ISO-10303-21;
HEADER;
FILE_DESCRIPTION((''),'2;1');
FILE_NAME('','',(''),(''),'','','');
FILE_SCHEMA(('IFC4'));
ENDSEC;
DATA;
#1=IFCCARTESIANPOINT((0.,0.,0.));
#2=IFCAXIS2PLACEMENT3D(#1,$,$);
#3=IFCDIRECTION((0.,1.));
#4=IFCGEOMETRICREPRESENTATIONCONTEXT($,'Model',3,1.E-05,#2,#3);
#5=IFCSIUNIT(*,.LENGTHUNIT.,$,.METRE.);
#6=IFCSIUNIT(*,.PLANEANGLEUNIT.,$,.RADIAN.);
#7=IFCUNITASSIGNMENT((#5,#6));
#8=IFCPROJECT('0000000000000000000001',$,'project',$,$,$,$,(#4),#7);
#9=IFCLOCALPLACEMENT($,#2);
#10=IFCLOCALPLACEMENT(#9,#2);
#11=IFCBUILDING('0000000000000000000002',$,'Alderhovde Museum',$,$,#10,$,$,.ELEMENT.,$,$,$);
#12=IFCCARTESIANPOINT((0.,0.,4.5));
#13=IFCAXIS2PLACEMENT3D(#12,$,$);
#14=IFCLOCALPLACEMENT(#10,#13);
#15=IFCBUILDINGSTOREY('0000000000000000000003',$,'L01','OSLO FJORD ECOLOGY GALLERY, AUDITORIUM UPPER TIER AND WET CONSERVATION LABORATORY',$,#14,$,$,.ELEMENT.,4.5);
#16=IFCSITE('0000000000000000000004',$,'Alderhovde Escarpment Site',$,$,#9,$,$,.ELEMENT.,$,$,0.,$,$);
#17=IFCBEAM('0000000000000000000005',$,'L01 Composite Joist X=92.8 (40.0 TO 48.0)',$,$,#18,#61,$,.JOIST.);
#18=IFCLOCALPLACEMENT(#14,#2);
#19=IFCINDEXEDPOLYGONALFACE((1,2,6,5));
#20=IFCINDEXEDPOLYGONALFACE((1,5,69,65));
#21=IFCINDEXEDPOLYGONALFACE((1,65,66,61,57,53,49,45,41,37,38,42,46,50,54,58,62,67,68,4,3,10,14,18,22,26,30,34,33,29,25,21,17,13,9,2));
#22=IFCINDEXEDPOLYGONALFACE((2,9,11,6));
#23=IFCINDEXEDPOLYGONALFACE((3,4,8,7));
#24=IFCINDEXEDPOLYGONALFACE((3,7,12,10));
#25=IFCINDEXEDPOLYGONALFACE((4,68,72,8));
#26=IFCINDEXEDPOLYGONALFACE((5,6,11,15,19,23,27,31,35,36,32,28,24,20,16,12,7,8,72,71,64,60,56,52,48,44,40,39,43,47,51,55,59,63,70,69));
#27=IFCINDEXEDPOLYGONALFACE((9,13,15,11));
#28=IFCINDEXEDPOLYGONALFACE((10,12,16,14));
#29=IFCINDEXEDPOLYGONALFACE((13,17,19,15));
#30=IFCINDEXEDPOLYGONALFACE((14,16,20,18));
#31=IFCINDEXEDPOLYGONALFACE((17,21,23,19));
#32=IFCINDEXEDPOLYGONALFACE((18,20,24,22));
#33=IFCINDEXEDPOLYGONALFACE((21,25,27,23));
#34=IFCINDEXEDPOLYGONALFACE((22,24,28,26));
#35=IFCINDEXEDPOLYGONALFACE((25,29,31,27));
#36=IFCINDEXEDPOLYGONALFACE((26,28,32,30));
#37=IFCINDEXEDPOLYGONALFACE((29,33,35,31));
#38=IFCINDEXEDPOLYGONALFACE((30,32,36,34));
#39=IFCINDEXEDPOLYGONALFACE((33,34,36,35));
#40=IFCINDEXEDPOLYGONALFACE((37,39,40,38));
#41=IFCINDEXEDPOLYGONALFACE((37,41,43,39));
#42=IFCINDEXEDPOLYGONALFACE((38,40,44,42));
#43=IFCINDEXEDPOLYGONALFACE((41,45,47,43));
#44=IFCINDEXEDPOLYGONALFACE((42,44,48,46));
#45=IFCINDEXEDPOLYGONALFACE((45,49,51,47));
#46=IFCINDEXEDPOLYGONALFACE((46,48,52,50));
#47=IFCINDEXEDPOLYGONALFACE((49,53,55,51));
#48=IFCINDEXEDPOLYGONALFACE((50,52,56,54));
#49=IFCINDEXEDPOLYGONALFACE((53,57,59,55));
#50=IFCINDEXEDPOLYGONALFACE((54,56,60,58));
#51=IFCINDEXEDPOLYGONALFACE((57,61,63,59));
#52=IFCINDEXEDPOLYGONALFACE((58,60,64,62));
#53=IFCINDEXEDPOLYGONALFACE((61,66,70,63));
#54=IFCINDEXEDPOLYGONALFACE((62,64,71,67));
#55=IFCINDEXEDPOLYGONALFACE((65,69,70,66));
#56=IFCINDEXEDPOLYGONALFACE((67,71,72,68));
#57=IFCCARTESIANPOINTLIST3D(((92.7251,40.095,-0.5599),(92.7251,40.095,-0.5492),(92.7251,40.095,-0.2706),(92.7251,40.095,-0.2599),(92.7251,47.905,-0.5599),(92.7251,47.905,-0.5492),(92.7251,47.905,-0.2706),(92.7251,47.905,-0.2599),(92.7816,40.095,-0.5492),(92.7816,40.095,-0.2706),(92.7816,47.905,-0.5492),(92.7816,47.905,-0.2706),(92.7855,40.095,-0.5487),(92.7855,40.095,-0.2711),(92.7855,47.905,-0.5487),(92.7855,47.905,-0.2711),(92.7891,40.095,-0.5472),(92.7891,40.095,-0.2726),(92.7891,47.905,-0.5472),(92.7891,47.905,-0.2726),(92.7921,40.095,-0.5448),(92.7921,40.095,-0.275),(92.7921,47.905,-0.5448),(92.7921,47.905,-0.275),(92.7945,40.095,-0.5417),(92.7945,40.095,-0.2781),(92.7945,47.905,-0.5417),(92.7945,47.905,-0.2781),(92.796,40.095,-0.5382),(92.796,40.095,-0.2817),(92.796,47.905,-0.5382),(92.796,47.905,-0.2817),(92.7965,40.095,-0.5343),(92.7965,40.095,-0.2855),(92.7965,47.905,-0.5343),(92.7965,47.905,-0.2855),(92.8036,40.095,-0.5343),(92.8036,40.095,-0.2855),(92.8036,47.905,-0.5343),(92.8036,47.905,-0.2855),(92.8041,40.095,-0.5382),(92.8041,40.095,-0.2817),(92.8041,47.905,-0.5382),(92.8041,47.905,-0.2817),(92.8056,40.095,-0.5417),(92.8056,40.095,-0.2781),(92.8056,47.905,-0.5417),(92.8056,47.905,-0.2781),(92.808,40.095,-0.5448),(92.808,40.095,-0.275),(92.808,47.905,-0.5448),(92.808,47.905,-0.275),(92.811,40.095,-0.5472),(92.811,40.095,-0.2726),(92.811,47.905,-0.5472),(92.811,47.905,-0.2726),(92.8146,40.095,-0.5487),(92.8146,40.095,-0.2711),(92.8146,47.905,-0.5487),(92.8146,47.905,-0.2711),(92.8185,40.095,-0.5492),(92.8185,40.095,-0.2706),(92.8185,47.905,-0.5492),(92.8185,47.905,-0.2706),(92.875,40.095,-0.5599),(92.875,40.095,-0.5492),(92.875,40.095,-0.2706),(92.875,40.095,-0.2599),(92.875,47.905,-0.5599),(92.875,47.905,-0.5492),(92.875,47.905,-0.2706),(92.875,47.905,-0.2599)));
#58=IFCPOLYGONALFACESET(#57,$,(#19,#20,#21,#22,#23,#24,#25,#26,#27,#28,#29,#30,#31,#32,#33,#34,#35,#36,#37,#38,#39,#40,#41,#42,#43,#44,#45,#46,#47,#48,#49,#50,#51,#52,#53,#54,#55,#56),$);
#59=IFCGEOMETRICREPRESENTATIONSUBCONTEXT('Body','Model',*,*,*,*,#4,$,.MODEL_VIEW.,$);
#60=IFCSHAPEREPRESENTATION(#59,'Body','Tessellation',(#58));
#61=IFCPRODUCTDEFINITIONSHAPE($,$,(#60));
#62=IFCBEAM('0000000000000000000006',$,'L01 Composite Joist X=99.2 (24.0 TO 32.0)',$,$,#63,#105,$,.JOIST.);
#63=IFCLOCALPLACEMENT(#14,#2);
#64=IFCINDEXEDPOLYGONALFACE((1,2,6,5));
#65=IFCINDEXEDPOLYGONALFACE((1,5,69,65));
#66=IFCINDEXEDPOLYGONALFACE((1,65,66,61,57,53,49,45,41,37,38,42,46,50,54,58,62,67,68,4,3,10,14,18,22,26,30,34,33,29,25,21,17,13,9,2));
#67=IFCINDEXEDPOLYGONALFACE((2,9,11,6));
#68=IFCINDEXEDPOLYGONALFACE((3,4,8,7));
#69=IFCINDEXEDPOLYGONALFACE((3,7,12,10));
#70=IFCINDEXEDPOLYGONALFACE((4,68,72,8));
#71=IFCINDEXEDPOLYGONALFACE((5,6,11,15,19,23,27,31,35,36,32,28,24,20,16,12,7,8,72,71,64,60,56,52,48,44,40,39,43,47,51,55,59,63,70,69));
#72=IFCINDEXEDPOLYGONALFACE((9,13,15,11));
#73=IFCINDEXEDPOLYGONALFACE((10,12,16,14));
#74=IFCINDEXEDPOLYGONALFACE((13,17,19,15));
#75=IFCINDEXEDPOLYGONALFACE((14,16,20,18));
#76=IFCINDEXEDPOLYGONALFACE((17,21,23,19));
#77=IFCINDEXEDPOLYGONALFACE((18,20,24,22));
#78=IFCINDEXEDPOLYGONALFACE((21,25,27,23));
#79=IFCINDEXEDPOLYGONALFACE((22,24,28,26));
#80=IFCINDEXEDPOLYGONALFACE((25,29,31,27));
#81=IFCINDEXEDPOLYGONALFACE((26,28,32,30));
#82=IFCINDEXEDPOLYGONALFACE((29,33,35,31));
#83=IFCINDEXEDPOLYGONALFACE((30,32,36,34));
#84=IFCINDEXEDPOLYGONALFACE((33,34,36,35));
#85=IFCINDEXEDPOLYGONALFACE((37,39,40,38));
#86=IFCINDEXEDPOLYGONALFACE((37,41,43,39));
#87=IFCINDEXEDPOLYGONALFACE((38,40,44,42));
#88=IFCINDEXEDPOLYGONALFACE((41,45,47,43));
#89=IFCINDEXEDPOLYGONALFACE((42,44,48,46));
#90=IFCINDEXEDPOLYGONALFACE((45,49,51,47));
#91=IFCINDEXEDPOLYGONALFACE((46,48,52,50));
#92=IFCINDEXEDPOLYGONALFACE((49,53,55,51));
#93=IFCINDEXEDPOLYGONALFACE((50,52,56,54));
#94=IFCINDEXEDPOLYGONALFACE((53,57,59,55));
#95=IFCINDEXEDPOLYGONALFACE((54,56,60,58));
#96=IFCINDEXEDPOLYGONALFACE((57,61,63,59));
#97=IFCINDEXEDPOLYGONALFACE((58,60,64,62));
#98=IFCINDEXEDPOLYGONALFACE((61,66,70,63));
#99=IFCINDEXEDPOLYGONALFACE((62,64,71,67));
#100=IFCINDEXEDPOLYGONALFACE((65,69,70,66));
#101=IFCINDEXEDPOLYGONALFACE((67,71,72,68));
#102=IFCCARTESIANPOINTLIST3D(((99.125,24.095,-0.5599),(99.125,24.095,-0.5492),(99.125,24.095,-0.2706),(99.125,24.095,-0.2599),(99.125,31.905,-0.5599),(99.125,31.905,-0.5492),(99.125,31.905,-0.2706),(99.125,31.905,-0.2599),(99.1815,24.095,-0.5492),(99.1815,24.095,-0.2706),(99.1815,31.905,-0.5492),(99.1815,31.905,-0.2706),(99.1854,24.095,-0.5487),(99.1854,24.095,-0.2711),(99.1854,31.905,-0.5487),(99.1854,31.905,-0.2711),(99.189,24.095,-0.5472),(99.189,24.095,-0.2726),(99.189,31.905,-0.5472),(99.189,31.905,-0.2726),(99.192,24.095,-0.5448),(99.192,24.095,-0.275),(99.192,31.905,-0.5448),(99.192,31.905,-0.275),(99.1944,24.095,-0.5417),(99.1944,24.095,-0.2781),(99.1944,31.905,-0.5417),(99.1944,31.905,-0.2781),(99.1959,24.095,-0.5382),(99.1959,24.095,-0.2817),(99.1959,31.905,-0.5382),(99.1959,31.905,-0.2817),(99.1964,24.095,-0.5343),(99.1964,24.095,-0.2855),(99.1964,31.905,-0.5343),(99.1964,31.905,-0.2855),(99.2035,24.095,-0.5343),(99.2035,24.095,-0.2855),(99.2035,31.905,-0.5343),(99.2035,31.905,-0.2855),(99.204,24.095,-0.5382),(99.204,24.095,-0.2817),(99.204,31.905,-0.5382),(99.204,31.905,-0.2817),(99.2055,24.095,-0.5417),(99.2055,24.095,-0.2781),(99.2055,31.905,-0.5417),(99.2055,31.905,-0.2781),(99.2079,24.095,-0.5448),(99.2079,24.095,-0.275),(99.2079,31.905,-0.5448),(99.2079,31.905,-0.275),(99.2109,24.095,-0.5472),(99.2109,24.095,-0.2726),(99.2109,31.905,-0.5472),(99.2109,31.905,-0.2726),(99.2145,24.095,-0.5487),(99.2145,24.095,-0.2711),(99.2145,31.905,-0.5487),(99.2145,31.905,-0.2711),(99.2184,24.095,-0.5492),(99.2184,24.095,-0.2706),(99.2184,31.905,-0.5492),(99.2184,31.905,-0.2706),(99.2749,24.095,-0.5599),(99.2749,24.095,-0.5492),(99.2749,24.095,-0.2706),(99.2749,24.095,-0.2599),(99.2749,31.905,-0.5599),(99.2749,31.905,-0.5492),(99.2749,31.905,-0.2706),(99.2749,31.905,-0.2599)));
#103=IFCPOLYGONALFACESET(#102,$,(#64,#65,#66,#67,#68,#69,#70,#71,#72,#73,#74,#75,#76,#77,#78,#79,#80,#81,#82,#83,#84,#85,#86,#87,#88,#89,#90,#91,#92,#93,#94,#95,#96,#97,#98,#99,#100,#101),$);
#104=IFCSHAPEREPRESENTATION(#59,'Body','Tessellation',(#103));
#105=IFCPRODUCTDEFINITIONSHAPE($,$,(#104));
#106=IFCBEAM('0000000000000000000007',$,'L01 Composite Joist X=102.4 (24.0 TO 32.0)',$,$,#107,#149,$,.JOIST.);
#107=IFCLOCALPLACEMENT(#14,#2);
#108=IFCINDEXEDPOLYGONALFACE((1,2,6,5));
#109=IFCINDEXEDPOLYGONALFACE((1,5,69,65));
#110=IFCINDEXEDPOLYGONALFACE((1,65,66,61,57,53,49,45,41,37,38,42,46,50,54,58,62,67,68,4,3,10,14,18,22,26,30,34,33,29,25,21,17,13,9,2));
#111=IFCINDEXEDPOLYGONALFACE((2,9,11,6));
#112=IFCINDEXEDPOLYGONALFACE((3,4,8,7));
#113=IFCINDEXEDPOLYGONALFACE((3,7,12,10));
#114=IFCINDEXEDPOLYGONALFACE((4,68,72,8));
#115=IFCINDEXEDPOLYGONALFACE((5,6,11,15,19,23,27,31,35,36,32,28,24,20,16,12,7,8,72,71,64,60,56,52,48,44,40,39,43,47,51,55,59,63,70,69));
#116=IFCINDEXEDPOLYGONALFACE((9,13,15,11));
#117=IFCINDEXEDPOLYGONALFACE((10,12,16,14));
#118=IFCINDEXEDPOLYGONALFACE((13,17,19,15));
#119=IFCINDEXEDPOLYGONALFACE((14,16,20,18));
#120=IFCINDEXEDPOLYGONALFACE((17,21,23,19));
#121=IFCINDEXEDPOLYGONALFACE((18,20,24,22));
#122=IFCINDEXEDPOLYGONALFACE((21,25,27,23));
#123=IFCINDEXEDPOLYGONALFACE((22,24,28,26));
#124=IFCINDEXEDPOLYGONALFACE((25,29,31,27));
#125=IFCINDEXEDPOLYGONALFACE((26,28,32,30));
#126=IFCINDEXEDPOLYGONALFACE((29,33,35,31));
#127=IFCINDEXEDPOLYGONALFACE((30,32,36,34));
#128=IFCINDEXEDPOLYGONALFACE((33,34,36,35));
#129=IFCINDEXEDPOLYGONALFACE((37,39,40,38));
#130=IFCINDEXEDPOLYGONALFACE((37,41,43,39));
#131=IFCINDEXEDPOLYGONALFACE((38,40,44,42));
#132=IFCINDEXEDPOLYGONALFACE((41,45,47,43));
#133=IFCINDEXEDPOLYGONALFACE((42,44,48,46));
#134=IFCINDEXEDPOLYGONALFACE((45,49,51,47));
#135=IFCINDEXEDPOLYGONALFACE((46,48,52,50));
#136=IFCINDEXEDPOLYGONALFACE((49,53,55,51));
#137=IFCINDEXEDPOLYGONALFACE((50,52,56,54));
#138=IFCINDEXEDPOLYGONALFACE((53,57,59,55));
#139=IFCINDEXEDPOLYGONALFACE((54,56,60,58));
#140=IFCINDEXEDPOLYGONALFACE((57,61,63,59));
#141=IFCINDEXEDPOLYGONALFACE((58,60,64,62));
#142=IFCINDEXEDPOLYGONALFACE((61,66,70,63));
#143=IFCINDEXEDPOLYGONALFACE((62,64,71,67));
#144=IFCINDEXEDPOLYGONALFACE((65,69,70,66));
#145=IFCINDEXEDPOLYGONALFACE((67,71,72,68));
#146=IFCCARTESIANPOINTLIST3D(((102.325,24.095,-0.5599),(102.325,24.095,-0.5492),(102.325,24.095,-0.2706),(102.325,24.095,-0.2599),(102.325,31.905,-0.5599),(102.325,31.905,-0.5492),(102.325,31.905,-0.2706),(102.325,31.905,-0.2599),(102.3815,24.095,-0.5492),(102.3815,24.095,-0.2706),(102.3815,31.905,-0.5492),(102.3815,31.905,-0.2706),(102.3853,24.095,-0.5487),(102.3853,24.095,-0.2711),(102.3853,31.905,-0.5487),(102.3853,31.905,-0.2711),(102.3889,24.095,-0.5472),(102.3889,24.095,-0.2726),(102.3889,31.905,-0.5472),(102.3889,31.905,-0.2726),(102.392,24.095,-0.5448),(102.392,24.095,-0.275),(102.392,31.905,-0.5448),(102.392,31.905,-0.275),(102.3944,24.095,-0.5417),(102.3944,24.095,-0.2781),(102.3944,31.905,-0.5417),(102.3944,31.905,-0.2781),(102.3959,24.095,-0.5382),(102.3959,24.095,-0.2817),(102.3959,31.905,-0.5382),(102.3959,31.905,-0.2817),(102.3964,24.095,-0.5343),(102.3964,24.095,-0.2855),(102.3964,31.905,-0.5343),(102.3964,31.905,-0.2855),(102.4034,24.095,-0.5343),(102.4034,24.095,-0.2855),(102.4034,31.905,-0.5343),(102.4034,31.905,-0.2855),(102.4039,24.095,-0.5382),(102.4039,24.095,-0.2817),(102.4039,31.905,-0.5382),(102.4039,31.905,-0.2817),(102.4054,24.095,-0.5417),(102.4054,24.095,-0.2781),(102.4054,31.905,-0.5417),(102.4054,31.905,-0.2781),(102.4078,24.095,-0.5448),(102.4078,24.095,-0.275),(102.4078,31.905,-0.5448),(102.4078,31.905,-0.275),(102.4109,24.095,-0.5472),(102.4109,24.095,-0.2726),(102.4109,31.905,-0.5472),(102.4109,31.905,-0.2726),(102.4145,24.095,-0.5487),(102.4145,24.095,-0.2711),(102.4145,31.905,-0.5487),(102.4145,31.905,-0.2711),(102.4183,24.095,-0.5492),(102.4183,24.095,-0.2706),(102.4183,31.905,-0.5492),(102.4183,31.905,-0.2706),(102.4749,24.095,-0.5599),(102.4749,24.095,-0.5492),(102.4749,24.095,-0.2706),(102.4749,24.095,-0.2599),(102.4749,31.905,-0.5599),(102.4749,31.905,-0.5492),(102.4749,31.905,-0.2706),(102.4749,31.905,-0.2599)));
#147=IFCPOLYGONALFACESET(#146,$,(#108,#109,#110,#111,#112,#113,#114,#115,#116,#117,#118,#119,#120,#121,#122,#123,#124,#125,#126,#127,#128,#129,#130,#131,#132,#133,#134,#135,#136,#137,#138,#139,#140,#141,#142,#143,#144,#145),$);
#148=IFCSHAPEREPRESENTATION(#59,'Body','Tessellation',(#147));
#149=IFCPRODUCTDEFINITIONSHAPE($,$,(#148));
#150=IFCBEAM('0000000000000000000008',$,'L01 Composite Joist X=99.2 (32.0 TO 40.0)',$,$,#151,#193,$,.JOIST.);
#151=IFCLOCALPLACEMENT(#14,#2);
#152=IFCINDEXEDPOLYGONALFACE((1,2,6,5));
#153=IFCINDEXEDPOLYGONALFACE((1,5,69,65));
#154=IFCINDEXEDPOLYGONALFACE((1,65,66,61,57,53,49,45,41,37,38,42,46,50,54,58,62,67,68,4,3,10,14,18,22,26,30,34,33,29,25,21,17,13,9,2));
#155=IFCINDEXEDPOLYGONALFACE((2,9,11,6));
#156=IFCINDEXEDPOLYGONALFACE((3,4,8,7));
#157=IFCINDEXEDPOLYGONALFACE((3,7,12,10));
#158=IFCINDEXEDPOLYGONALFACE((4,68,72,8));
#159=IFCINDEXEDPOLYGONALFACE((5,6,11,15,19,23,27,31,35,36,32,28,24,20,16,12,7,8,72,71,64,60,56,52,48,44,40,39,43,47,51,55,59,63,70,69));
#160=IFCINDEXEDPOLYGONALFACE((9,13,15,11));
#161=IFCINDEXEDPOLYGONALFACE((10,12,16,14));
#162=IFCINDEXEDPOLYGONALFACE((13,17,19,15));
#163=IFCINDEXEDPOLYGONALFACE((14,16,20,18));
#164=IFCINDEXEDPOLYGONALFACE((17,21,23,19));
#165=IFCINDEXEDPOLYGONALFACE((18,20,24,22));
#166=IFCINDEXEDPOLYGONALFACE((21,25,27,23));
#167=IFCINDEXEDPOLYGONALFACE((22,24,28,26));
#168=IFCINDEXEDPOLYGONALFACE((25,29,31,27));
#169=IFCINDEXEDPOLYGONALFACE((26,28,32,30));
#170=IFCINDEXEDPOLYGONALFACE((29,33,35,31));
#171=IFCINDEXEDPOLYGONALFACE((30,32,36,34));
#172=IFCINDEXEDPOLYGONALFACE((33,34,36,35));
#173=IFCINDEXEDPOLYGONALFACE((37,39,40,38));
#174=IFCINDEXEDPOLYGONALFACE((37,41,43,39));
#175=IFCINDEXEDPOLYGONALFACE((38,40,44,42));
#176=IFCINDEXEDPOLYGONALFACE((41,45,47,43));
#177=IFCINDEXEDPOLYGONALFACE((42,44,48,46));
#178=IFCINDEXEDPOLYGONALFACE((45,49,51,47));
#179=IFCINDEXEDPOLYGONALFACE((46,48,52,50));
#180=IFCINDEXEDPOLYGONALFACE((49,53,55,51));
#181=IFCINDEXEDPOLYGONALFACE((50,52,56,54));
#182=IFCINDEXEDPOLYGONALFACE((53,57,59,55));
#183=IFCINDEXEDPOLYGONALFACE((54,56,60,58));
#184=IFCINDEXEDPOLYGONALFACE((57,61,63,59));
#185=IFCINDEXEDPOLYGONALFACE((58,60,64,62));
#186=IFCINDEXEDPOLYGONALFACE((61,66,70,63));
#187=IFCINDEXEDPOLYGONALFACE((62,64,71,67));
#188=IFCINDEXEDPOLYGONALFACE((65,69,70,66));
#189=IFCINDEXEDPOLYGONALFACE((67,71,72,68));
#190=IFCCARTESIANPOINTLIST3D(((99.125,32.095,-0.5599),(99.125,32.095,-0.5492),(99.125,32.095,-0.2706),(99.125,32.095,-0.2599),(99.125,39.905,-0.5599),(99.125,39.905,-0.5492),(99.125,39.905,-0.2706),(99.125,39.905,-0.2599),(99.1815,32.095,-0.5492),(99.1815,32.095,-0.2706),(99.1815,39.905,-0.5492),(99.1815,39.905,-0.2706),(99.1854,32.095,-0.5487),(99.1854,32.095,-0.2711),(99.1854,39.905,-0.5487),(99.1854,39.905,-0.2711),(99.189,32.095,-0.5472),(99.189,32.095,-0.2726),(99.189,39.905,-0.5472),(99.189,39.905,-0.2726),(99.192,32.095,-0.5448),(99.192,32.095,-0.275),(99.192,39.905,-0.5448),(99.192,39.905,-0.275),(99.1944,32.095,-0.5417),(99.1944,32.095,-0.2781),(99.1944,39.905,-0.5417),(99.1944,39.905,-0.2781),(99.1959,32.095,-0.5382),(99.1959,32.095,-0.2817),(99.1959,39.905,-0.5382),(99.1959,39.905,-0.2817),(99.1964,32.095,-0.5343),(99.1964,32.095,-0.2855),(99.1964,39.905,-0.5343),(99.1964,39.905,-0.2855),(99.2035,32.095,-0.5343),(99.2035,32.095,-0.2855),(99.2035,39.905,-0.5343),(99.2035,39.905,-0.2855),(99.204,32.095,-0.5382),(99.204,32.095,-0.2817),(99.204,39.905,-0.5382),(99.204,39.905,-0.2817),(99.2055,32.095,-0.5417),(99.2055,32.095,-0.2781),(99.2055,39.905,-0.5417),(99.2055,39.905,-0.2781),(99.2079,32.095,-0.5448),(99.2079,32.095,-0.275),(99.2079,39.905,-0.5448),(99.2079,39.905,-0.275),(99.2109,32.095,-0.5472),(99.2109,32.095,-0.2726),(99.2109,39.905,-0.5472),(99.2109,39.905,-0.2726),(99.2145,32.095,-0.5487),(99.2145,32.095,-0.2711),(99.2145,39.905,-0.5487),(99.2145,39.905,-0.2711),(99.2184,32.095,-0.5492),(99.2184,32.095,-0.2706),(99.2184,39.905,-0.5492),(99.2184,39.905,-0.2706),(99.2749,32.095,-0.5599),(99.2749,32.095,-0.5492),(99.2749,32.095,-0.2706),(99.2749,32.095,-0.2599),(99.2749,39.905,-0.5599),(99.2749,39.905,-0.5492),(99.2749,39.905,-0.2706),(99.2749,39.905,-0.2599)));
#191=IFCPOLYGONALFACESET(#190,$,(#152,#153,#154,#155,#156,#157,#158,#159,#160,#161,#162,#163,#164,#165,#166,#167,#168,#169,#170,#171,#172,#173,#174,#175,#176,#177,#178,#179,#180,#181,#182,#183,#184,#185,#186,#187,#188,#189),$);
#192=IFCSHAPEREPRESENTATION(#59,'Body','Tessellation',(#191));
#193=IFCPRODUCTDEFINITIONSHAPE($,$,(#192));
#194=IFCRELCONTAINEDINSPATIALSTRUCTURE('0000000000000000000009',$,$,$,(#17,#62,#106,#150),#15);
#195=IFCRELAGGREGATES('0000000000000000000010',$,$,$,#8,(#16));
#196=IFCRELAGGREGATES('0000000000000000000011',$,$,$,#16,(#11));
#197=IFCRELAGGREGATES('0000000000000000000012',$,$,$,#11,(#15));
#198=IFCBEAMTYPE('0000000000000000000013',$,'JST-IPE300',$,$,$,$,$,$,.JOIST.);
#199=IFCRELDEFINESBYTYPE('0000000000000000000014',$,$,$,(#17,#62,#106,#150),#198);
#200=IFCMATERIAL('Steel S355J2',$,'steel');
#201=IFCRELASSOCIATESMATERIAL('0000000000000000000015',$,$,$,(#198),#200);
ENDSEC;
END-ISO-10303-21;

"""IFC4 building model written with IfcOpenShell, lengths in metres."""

from ifc_helpers import new_model, si_unit, direction, frame, origin, origin_2d, place, context, subcontext, project, spatial, i_section, extrude, material, material_profile, profile_set, type_object, element, save


model = new_model("IFC4")

# Units and contexts
model_context = context("Model", 3, precision=1e-05, world=origin(), true_north=direction((0.0, 1.0)))
body_context = subcontext(model_context, "Body", "Model", "MODEL_VIEW")
ifc_project = project(units=[si_unit("LENGTHUNIT", "METRE"), si_unit("PLANEANGLEUNIT", "RADIAN")], contexts=[model_context])

# Site, building, storey
site_placement = place(None, origin())
site = spatial("IfcSite", under=ifc_project, at=site_placement, Name="Alderhovde Escarpment Site", CompositionType="ELEMENT", RefElevation=0.0)
building_placement = place(site_placement, origin())
building = spatial("IfcBuilding", under=site, at=building_placement, Name="Alderhovde Museum", CompositionType="ELEMENT")
storey_placement = place(building_placement, frame((0.0, 0.0, 4.5)))
storey = spatial("IfcBuildingStorey", under=building, at=storey_placement, Name="L01", Description="OSLO FJORD ECOLOGY GALLERY, AUDITORIUM UPPER TIER AND WET CONSERVATION LABORATORY", CompositionType="ELEMENT", Elevation=4.5)

# Beams
ifc_material_1 = material(Name="Steel S355J2", Category="steel")
ifc_material_profile_1 = material_profile(ifc_material_1, i_section(OverallWidth=0.1499, OverallDepth=0.3, WebThickness=0.0071, FlangeThickness=0.0107, FilletRadius=0.0149, at=origin_2d()), Name="IPE 300")
ifc_profile_set_1 = profile_set([ifc_material_profile_1], Name="Steel S355J2")
beam_type_1 = type_object("IfcBeamType", Name="JST-IPE300", PredefinedType="JOIST", material=ifc_profile_set_1)
for number, where, z_axis, x_axis, name in (
    (1, (92.8, 40.095, -0.4099), (0.0, 1.0, 0.0), (-1.0, 0.0, 0.0), "L01 Composite Joist X=92.8 (40.0 TO 48.0)"),
    (2, (99.2, 24.095, -0.4099), (0.0, 1.0, 0.0), (-1.0, 0.0, 0.0), "L01 Composite Joist X=99.2 (24.0 TO 32.0)"),
    (3, (102.3999, 24.095, -0.4099), (0.0, 1.0, 0.0), (-1.0, 0.0, 0.0), "L01 Composite Joist X=102.4 (24.0 TO 32.0)"),
    (4, (99.2, 32.095, -0.4099), (0.0, 1.0, 0.0), (-1.0, 0.0, 0.0), "L01 Composite Joist X=99.2 (32.0 TO 40.0)"),
):
    element("IfcBeam", number, at=place(storey_placement, frame(where, z_axis=z_axis, x_axis=x_axis)), inside=storey, type_object=beam_type_1, Name=name, PredefinedType="JOIST", context=body_context, shape_type="SweptSolid", body=[
        extrude(i_section(OverallWidth=0.1499, OverallDepth=0.3, WebThickness=0.0071, FlangeThickness=0.0107, FilletRadius=0.0149, at=origin_2d()), origin(), (0.0, 0.0, 1.0), 7.8101),
    ])

save(model, "model.ifc")
